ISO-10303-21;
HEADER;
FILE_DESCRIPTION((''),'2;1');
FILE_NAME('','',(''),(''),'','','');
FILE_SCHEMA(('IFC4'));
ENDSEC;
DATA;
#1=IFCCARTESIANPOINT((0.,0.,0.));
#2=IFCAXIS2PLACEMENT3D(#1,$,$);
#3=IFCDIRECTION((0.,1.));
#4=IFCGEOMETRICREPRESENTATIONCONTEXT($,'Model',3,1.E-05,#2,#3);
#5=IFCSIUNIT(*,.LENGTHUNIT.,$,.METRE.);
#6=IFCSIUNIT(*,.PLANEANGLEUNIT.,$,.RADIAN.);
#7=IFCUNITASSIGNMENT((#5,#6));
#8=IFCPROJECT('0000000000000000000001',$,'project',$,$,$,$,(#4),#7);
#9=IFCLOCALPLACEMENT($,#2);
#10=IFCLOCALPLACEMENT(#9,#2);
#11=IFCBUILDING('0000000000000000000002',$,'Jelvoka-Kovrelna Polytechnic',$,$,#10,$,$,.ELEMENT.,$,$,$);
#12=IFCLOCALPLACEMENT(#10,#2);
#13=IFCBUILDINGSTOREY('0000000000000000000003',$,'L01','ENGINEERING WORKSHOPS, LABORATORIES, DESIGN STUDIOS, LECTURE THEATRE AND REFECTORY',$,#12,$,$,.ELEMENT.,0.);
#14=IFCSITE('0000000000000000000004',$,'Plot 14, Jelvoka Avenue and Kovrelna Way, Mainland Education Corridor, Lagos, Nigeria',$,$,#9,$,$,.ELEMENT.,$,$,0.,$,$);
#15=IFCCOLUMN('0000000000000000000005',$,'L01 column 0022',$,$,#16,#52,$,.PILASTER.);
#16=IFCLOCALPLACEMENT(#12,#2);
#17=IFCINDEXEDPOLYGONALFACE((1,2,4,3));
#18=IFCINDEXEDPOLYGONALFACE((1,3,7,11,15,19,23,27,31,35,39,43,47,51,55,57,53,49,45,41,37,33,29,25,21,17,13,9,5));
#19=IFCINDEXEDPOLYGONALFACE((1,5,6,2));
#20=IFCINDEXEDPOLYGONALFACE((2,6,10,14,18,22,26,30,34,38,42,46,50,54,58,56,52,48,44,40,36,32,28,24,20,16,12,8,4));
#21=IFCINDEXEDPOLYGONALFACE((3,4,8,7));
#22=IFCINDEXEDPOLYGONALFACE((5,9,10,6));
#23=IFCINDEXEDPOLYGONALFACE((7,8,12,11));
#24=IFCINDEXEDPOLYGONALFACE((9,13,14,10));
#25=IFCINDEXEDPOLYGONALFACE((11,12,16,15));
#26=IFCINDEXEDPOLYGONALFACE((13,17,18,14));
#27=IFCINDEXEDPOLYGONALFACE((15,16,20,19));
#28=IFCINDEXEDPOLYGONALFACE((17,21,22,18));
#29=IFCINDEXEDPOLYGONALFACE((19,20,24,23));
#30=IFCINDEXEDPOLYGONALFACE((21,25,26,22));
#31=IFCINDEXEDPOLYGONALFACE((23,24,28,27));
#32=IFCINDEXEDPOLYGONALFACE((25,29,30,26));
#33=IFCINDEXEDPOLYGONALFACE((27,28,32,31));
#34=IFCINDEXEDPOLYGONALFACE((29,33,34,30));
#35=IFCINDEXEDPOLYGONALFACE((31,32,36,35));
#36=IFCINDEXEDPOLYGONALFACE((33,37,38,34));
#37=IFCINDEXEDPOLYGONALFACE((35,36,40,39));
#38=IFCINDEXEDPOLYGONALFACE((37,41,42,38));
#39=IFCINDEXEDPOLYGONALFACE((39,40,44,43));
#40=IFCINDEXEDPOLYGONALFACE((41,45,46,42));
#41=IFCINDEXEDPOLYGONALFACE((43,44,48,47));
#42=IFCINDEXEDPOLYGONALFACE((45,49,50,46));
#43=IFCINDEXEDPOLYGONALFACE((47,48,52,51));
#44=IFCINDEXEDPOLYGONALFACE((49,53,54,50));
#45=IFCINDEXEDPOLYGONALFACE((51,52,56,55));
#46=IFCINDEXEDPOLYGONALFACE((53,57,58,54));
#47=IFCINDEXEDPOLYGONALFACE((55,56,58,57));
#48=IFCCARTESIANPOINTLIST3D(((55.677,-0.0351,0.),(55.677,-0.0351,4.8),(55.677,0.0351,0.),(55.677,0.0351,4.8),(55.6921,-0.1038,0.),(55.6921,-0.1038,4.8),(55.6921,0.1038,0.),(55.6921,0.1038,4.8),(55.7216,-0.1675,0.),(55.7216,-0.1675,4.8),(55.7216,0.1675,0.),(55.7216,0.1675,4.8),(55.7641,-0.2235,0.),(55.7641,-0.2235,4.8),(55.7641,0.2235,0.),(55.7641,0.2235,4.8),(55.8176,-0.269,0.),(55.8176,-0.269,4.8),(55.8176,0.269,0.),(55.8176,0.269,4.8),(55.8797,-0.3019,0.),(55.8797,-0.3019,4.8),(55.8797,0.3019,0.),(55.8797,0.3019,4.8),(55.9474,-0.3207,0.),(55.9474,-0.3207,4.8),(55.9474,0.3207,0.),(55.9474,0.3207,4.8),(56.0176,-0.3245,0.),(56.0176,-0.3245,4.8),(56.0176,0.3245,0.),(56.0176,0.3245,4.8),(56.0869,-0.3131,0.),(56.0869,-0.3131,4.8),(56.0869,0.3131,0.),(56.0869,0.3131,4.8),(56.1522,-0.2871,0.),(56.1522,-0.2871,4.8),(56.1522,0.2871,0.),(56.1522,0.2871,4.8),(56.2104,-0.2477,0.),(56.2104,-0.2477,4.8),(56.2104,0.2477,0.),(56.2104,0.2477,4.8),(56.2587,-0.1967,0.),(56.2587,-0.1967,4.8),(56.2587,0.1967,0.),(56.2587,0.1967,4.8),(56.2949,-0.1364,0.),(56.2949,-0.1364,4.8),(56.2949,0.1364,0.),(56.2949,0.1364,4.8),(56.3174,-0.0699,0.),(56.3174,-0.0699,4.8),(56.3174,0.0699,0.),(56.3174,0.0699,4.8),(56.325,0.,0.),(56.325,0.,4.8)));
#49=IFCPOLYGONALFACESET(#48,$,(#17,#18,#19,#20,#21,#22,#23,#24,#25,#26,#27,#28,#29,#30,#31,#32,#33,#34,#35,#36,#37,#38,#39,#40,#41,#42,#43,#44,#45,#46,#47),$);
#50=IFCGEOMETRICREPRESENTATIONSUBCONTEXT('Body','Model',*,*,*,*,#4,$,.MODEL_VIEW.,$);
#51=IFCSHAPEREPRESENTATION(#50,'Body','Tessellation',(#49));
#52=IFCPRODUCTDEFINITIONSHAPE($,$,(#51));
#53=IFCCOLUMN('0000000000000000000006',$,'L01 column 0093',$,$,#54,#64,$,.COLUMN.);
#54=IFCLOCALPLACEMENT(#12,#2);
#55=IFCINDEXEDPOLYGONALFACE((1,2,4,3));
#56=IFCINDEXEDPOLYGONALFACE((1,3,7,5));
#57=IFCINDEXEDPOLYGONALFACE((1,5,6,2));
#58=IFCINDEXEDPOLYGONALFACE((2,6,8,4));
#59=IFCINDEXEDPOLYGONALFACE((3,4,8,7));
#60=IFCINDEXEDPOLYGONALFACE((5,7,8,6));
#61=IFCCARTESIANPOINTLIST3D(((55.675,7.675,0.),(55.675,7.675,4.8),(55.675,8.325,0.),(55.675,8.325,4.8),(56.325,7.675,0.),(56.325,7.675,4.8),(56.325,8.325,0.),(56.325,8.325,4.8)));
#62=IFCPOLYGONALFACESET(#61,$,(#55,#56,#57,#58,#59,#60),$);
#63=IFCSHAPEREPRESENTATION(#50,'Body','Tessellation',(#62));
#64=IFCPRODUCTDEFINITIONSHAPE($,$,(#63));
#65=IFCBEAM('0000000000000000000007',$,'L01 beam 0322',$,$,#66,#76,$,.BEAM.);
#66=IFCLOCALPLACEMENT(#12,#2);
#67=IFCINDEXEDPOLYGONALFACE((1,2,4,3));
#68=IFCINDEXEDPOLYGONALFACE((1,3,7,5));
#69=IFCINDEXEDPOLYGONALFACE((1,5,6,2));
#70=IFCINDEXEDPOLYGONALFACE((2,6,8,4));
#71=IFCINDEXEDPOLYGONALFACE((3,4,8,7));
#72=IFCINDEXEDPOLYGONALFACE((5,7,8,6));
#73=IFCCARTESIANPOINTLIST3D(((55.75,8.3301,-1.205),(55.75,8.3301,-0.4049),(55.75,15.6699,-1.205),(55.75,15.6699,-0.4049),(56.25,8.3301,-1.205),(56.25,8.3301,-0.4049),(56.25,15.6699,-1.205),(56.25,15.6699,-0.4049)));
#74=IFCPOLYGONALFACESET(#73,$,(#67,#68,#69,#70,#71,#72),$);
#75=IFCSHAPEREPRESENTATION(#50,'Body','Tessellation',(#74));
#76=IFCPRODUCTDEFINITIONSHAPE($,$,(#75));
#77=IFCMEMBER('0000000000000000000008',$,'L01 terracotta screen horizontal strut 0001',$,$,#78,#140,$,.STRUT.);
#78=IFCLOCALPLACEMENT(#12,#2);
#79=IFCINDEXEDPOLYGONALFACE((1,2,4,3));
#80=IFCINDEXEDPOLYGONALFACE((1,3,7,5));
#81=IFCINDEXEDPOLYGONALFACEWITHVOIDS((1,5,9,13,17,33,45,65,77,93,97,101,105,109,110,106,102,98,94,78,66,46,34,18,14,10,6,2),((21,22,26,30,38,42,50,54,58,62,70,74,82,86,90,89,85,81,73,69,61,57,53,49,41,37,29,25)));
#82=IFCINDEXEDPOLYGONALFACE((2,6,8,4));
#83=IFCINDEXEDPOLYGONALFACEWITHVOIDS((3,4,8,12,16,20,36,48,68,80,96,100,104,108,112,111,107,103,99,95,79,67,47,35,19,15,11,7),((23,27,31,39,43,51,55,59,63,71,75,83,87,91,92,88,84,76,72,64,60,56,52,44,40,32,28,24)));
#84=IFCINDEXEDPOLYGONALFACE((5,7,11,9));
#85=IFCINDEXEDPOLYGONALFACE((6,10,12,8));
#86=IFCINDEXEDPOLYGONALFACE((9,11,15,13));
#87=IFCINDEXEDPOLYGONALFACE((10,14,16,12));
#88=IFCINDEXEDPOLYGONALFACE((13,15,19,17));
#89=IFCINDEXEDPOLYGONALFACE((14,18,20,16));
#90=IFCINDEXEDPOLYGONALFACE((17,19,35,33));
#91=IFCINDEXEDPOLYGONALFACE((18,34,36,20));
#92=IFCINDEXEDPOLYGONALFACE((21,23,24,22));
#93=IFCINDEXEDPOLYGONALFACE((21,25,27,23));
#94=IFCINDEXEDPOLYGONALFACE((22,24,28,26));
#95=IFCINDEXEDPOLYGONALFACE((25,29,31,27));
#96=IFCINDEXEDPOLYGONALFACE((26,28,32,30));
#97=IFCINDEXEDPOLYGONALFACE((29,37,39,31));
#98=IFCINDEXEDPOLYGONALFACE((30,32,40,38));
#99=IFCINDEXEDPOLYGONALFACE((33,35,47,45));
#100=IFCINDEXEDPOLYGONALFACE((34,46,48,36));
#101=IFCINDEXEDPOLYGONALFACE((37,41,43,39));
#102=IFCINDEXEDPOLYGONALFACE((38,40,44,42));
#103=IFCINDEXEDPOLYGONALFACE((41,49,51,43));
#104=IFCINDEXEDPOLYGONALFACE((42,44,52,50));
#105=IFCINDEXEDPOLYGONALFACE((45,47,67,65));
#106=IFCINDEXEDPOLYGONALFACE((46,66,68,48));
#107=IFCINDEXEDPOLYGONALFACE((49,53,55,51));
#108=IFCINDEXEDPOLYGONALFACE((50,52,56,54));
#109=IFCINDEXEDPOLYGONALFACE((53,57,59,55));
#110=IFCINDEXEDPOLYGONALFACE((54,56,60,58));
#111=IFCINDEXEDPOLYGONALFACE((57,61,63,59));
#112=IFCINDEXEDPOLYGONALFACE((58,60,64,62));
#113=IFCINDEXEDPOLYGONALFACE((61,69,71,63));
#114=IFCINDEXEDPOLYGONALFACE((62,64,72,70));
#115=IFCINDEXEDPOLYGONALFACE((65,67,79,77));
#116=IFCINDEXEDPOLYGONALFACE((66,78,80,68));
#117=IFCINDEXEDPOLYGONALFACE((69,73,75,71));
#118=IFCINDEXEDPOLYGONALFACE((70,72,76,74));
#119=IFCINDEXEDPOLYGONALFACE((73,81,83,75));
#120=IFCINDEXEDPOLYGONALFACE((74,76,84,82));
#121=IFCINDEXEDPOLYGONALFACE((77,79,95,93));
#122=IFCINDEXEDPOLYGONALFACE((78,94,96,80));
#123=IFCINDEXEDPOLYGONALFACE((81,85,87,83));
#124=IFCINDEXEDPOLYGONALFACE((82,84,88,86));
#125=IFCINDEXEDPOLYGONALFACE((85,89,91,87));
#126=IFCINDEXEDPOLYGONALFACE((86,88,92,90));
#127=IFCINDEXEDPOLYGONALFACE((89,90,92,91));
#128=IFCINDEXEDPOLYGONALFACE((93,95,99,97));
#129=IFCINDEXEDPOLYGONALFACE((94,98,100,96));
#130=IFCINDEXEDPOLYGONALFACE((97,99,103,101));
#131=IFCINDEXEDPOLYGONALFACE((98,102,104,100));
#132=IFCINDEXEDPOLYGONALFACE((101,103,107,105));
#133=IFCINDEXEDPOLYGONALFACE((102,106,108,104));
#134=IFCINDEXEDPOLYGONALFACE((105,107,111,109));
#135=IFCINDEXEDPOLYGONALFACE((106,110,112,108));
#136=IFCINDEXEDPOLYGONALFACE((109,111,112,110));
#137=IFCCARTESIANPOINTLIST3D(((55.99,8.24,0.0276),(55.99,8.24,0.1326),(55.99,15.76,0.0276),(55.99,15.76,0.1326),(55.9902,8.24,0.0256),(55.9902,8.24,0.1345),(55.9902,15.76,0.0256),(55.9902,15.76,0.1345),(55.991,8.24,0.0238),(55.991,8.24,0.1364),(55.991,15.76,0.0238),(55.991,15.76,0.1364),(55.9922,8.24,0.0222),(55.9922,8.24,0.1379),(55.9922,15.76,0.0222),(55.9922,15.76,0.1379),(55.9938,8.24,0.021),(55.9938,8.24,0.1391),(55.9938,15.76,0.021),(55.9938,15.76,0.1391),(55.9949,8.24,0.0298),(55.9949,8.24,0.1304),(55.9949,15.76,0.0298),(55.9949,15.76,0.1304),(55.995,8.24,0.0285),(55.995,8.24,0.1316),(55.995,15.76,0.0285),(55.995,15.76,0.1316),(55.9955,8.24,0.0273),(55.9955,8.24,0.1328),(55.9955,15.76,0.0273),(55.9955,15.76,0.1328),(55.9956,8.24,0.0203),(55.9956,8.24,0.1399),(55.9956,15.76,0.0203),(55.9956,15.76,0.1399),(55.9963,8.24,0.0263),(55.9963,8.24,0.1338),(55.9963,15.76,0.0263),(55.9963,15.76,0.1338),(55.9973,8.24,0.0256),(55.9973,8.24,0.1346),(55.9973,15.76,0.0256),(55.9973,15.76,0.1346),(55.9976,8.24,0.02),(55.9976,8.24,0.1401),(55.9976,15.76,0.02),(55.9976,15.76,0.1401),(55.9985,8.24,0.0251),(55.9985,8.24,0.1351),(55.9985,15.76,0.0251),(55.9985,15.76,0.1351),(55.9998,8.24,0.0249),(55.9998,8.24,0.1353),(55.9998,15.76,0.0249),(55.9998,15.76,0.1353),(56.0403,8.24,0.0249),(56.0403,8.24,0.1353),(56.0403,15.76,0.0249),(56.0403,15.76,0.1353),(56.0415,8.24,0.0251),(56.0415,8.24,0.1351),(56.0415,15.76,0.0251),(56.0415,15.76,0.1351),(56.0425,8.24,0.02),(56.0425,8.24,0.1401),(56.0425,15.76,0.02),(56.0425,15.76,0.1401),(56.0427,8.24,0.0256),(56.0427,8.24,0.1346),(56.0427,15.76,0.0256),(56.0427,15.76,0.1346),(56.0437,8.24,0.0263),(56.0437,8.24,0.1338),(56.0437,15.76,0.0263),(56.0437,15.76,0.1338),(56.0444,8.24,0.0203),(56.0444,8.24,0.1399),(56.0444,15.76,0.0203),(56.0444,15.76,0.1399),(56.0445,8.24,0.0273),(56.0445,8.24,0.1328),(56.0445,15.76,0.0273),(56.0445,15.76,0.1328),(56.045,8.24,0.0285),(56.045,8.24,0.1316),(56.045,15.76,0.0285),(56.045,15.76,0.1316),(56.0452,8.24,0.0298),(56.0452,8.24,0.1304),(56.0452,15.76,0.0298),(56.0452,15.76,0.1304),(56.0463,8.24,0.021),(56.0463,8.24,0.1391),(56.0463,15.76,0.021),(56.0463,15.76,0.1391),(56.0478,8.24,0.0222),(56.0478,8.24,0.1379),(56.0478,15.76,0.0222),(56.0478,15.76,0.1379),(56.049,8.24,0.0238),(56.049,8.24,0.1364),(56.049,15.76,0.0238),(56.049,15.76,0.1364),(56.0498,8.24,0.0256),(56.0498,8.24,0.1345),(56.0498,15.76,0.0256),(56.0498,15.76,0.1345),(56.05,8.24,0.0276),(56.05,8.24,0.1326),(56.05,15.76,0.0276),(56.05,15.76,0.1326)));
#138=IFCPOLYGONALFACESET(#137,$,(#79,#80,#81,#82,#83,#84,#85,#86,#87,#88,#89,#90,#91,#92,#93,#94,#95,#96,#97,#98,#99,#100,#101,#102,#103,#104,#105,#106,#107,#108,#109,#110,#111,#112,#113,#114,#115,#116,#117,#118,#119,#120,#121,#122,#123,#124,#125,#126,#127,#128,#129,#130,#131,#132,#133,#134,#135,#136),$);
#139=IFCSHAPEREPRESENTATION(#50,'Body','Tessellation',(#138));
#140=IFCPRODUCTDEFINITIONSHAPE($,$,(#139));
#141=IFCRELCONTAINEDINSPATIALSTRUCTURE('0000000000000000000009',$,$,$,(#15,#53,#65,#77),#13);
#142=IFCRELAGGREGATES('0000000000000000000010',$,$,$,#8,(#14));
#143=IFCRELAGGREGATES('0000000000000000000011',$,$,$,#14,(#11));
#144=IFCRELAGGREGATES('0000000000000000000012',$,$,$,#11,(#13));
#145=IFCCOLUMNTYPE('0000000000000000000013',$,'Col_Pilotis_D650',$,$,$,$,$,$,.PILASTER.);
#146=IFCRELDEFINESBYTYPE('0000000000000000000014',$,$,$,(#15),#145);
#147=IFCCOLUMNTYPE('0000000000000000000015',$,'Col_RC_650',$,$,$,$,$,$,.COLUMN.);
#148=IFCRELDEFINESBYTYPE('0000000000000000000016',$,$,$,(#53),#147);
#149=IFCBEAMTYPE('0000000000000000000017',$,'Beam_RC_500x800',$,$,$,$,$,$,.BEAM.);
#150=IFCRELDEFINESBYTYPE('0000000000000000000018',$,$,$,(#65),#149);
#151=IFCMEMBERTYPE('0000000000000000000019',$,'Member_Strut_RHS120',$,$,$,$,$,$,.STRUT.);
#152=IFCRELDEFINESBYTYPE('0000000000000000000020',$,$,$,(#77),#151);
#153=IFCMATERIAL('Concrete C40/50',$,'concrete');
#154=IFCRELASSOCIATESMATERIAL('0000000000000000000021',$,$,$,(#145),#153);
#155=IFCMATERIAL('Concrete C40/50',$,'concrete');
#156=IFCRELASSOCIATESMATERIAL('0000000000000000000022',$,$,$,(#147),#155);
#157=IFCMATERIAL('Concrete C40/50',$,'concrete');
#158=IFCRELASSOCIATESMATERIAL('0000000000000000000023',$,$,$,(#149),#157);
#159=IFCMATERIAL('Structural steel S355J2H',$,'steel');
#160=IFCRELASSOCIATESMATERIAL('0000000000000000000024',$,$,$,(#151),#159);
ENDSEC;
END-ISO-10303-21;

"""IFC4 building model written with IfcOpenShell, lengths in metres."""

from ifc_helpers import new_model, si_unit, direction, frame, origin, origin_2d, place, context, subcontext, project, spatial, rectangle, hollow_rectangle, circle, extrude, material, material_profile, profile_set, type_object, element, save


model = new_model("IFC4")

# Units and contexts
model_context = context("Model", 3, precision=1e-05, world=origin(), true_north=direction((0.0, 1.0)))
body_context = subcontext(model_context, "Body", "Model", "MODEL_VIEW")
ifc_project = project(units=[si_unit("LENGTHUNIT", "METRE"), si_unit("PLANEANGLEUNIT", "RADIAN")], contexts=[model_context])

# Site, building, storey
site_placement = place(None, origin())
site = spatial("IfcSite", under=ifc_project, at=site_placement, Name="Plot 14, Jelvoka Avenue and Kovrelna Way, Mainland Education Corridor, Lagos, Nigeria", CompositionType="ELEMENT", RefElevation=0.0)
building_placement = place(site_placement, origin())
building = spatial("IfcBuilding", under=site, at=building_placement, Name="Jelvoka-Kovrelna Polytechnic", CompositionType="ELEMENT")
storey_placement = place(building_placement, origin())
storey = spatial("IfcBuildingStorey", under=building, at=storey_placement, Name="L01", Description="ENGINEERING WORKSHOPS, LABORATORIES, DESIGN STUDIOS, LECTURE THEATRE AND REFECTORY", CompositionType="ELEMENT", Elevation=0.0)

# Columns
ifc_material_1 = material(Name="Concrete C40/50", Category="concrete")
ifc_material_profile_1 = material_profile(ifc_material_1, circle(Radius=0.325, at=origin_2d()), Name="RC D650")
ifc_profile_set_1 = profile_set([ifc_material_profile_1], Name="Concrete C40/50")
column_type_1 = type_object("IfcColumnType", Name="Col_Pilotis_D650", PredefinedType="PILASTER", material=ifc_profile_set_1)
column_1_placement = place(storey_placement, frame((56.0, 0.0, 0.0), z_axis=(0.0, 0.0, 1.0), x_axis=(1.0, 0.0, 0.0)))
element("IfcColumn", 1, at=column_1_placement, inside=storey, type_object=column_type_1, Name="L01 column 0022", PredefinedType="PILASTER", context=body_context, shape_type="SweptSolid", body=[
    extrude(circle(Radius=0.325, at=origin_2d()), origin(), (0.0, 0.0, 1.0), 4.8),
])
ifc_material_2 = material(Name="Concrete C40/50", Category="concrete")
ifc_material_profile_2 = material_profile(ifc_material_2, rectangle(XDim=0.6499, YDim=0.6499, at=origin_2d()), Name="RC 650x650")
ifc_profile_set_2 = profile_set([ifc_material_profile_2], Name="Concrete C40/50")
column_type_2 = type_object("IfcColumnType", Name="Col_RC_650", PredefinedType="COLUMN", material=ifc_profile_set_2)
column_2_placement = place(storey_placement, frame((56.0, 8.0, 0.0), z_axis=(0.0, 0.0, 1.0), x_axis=(1.0, 0.0, 0.0)))
element("IfcColumn", 2, at=column_2_placement, inside=storey, type_object=column_type_2, Name="L01 column 0093", PredefinedType="COLUMN", context=body_context, shape_type="SweptSolid", body=[
    extrude(rectangle(XDim=0.6499, YDim=0.6499, at=origin_2d()), origin(), (0.0, 0.0, 1.0), 4.8),
])

# Beam
ifc_material_3 = material(Name="Concrete C40/50", Category="concrete")
ifc_material_profile_3 = material_profile(ifc_material_3, rectangle(XDim=0.5, YDim=0.8, at=origin_2d()), Name="RC 500x800")
ifc_profile_set_3 = profile_set([ifc_material_profile_3], Name="Concrete C40/50")
beam_type = type_object("IfcBeamType", Name="Beam_RC_500x800", PredefinedType="BEAM", material=ifc_profile_set_3)
beam_placement = place(storey_placement, frame((56.0, 8.3301, -0.8049), z_axis=(0.0, 1.0, 0.0), x_axis=(-1.0, 0.0, 0.0)))
element("IfcBeam", 3, at=beam_placement, inside=storey, type_object=beam_type, Name="L01 beam 0322", PredefinedType="BEAM", context=body_context, shape_type="SweptSolid", body=[
    extrude(rectangle(XDim=0.5, YDim=0.8, at=origin_2d()), origin(), (0.0, 0.0, 1.0), 7.3398),
])

# Member
ifc_material_4 = material(Name="Structural steel S355J2H", Category="steel")
ifc_material_profile_4 = material_profile(ifc_material_4, hollow_rectangle(XDim=0.0601, YDim=0.1201, WallThickness=0.0049, InnerFilletRadius=0.0049, OuterFilletRadius=0.0076, at=origin_2d()), Name="120x60x5.0 RHS")
ifc_profile_set_4 = profile_set([ifc_material_profile_4], Name="Structural steel S355J2H")
member_type_1 = type_object("IfcMemberType", Name="Member_Strut_RHS120", PredefinedType="STRUT", material=ifc_profile_set_4)
for number, where, z_axis, x_axis, name in (
    (4, (56.02, 8.24, 0.0801), (0.0, 1.0, 0.0), (-1.0, 0.0, 0.0), "L01 terracotta screen horizontal strut 0001"),
):
    element("IfcMember", number, at=place(storey_placement, frame(where, z_axis=z_axis, x_axis=x_axis)), inside=storey, type_object=member_type_1, Name=name, PredefinedType="STRUT", context=body_context, shape_type="SweptSolid", body=[
        extrude(hollow_rectangle(XDim=0.0601, YDim=0.1201, WallThickness=0.0049, InnerFilletRadius=0.0049, OuterFilletRadius=0.0076, at=origin_2d()), origin(), (0.0, 0.0, 1.0), 7.52),
    ])

save(model, "model.ifc")
